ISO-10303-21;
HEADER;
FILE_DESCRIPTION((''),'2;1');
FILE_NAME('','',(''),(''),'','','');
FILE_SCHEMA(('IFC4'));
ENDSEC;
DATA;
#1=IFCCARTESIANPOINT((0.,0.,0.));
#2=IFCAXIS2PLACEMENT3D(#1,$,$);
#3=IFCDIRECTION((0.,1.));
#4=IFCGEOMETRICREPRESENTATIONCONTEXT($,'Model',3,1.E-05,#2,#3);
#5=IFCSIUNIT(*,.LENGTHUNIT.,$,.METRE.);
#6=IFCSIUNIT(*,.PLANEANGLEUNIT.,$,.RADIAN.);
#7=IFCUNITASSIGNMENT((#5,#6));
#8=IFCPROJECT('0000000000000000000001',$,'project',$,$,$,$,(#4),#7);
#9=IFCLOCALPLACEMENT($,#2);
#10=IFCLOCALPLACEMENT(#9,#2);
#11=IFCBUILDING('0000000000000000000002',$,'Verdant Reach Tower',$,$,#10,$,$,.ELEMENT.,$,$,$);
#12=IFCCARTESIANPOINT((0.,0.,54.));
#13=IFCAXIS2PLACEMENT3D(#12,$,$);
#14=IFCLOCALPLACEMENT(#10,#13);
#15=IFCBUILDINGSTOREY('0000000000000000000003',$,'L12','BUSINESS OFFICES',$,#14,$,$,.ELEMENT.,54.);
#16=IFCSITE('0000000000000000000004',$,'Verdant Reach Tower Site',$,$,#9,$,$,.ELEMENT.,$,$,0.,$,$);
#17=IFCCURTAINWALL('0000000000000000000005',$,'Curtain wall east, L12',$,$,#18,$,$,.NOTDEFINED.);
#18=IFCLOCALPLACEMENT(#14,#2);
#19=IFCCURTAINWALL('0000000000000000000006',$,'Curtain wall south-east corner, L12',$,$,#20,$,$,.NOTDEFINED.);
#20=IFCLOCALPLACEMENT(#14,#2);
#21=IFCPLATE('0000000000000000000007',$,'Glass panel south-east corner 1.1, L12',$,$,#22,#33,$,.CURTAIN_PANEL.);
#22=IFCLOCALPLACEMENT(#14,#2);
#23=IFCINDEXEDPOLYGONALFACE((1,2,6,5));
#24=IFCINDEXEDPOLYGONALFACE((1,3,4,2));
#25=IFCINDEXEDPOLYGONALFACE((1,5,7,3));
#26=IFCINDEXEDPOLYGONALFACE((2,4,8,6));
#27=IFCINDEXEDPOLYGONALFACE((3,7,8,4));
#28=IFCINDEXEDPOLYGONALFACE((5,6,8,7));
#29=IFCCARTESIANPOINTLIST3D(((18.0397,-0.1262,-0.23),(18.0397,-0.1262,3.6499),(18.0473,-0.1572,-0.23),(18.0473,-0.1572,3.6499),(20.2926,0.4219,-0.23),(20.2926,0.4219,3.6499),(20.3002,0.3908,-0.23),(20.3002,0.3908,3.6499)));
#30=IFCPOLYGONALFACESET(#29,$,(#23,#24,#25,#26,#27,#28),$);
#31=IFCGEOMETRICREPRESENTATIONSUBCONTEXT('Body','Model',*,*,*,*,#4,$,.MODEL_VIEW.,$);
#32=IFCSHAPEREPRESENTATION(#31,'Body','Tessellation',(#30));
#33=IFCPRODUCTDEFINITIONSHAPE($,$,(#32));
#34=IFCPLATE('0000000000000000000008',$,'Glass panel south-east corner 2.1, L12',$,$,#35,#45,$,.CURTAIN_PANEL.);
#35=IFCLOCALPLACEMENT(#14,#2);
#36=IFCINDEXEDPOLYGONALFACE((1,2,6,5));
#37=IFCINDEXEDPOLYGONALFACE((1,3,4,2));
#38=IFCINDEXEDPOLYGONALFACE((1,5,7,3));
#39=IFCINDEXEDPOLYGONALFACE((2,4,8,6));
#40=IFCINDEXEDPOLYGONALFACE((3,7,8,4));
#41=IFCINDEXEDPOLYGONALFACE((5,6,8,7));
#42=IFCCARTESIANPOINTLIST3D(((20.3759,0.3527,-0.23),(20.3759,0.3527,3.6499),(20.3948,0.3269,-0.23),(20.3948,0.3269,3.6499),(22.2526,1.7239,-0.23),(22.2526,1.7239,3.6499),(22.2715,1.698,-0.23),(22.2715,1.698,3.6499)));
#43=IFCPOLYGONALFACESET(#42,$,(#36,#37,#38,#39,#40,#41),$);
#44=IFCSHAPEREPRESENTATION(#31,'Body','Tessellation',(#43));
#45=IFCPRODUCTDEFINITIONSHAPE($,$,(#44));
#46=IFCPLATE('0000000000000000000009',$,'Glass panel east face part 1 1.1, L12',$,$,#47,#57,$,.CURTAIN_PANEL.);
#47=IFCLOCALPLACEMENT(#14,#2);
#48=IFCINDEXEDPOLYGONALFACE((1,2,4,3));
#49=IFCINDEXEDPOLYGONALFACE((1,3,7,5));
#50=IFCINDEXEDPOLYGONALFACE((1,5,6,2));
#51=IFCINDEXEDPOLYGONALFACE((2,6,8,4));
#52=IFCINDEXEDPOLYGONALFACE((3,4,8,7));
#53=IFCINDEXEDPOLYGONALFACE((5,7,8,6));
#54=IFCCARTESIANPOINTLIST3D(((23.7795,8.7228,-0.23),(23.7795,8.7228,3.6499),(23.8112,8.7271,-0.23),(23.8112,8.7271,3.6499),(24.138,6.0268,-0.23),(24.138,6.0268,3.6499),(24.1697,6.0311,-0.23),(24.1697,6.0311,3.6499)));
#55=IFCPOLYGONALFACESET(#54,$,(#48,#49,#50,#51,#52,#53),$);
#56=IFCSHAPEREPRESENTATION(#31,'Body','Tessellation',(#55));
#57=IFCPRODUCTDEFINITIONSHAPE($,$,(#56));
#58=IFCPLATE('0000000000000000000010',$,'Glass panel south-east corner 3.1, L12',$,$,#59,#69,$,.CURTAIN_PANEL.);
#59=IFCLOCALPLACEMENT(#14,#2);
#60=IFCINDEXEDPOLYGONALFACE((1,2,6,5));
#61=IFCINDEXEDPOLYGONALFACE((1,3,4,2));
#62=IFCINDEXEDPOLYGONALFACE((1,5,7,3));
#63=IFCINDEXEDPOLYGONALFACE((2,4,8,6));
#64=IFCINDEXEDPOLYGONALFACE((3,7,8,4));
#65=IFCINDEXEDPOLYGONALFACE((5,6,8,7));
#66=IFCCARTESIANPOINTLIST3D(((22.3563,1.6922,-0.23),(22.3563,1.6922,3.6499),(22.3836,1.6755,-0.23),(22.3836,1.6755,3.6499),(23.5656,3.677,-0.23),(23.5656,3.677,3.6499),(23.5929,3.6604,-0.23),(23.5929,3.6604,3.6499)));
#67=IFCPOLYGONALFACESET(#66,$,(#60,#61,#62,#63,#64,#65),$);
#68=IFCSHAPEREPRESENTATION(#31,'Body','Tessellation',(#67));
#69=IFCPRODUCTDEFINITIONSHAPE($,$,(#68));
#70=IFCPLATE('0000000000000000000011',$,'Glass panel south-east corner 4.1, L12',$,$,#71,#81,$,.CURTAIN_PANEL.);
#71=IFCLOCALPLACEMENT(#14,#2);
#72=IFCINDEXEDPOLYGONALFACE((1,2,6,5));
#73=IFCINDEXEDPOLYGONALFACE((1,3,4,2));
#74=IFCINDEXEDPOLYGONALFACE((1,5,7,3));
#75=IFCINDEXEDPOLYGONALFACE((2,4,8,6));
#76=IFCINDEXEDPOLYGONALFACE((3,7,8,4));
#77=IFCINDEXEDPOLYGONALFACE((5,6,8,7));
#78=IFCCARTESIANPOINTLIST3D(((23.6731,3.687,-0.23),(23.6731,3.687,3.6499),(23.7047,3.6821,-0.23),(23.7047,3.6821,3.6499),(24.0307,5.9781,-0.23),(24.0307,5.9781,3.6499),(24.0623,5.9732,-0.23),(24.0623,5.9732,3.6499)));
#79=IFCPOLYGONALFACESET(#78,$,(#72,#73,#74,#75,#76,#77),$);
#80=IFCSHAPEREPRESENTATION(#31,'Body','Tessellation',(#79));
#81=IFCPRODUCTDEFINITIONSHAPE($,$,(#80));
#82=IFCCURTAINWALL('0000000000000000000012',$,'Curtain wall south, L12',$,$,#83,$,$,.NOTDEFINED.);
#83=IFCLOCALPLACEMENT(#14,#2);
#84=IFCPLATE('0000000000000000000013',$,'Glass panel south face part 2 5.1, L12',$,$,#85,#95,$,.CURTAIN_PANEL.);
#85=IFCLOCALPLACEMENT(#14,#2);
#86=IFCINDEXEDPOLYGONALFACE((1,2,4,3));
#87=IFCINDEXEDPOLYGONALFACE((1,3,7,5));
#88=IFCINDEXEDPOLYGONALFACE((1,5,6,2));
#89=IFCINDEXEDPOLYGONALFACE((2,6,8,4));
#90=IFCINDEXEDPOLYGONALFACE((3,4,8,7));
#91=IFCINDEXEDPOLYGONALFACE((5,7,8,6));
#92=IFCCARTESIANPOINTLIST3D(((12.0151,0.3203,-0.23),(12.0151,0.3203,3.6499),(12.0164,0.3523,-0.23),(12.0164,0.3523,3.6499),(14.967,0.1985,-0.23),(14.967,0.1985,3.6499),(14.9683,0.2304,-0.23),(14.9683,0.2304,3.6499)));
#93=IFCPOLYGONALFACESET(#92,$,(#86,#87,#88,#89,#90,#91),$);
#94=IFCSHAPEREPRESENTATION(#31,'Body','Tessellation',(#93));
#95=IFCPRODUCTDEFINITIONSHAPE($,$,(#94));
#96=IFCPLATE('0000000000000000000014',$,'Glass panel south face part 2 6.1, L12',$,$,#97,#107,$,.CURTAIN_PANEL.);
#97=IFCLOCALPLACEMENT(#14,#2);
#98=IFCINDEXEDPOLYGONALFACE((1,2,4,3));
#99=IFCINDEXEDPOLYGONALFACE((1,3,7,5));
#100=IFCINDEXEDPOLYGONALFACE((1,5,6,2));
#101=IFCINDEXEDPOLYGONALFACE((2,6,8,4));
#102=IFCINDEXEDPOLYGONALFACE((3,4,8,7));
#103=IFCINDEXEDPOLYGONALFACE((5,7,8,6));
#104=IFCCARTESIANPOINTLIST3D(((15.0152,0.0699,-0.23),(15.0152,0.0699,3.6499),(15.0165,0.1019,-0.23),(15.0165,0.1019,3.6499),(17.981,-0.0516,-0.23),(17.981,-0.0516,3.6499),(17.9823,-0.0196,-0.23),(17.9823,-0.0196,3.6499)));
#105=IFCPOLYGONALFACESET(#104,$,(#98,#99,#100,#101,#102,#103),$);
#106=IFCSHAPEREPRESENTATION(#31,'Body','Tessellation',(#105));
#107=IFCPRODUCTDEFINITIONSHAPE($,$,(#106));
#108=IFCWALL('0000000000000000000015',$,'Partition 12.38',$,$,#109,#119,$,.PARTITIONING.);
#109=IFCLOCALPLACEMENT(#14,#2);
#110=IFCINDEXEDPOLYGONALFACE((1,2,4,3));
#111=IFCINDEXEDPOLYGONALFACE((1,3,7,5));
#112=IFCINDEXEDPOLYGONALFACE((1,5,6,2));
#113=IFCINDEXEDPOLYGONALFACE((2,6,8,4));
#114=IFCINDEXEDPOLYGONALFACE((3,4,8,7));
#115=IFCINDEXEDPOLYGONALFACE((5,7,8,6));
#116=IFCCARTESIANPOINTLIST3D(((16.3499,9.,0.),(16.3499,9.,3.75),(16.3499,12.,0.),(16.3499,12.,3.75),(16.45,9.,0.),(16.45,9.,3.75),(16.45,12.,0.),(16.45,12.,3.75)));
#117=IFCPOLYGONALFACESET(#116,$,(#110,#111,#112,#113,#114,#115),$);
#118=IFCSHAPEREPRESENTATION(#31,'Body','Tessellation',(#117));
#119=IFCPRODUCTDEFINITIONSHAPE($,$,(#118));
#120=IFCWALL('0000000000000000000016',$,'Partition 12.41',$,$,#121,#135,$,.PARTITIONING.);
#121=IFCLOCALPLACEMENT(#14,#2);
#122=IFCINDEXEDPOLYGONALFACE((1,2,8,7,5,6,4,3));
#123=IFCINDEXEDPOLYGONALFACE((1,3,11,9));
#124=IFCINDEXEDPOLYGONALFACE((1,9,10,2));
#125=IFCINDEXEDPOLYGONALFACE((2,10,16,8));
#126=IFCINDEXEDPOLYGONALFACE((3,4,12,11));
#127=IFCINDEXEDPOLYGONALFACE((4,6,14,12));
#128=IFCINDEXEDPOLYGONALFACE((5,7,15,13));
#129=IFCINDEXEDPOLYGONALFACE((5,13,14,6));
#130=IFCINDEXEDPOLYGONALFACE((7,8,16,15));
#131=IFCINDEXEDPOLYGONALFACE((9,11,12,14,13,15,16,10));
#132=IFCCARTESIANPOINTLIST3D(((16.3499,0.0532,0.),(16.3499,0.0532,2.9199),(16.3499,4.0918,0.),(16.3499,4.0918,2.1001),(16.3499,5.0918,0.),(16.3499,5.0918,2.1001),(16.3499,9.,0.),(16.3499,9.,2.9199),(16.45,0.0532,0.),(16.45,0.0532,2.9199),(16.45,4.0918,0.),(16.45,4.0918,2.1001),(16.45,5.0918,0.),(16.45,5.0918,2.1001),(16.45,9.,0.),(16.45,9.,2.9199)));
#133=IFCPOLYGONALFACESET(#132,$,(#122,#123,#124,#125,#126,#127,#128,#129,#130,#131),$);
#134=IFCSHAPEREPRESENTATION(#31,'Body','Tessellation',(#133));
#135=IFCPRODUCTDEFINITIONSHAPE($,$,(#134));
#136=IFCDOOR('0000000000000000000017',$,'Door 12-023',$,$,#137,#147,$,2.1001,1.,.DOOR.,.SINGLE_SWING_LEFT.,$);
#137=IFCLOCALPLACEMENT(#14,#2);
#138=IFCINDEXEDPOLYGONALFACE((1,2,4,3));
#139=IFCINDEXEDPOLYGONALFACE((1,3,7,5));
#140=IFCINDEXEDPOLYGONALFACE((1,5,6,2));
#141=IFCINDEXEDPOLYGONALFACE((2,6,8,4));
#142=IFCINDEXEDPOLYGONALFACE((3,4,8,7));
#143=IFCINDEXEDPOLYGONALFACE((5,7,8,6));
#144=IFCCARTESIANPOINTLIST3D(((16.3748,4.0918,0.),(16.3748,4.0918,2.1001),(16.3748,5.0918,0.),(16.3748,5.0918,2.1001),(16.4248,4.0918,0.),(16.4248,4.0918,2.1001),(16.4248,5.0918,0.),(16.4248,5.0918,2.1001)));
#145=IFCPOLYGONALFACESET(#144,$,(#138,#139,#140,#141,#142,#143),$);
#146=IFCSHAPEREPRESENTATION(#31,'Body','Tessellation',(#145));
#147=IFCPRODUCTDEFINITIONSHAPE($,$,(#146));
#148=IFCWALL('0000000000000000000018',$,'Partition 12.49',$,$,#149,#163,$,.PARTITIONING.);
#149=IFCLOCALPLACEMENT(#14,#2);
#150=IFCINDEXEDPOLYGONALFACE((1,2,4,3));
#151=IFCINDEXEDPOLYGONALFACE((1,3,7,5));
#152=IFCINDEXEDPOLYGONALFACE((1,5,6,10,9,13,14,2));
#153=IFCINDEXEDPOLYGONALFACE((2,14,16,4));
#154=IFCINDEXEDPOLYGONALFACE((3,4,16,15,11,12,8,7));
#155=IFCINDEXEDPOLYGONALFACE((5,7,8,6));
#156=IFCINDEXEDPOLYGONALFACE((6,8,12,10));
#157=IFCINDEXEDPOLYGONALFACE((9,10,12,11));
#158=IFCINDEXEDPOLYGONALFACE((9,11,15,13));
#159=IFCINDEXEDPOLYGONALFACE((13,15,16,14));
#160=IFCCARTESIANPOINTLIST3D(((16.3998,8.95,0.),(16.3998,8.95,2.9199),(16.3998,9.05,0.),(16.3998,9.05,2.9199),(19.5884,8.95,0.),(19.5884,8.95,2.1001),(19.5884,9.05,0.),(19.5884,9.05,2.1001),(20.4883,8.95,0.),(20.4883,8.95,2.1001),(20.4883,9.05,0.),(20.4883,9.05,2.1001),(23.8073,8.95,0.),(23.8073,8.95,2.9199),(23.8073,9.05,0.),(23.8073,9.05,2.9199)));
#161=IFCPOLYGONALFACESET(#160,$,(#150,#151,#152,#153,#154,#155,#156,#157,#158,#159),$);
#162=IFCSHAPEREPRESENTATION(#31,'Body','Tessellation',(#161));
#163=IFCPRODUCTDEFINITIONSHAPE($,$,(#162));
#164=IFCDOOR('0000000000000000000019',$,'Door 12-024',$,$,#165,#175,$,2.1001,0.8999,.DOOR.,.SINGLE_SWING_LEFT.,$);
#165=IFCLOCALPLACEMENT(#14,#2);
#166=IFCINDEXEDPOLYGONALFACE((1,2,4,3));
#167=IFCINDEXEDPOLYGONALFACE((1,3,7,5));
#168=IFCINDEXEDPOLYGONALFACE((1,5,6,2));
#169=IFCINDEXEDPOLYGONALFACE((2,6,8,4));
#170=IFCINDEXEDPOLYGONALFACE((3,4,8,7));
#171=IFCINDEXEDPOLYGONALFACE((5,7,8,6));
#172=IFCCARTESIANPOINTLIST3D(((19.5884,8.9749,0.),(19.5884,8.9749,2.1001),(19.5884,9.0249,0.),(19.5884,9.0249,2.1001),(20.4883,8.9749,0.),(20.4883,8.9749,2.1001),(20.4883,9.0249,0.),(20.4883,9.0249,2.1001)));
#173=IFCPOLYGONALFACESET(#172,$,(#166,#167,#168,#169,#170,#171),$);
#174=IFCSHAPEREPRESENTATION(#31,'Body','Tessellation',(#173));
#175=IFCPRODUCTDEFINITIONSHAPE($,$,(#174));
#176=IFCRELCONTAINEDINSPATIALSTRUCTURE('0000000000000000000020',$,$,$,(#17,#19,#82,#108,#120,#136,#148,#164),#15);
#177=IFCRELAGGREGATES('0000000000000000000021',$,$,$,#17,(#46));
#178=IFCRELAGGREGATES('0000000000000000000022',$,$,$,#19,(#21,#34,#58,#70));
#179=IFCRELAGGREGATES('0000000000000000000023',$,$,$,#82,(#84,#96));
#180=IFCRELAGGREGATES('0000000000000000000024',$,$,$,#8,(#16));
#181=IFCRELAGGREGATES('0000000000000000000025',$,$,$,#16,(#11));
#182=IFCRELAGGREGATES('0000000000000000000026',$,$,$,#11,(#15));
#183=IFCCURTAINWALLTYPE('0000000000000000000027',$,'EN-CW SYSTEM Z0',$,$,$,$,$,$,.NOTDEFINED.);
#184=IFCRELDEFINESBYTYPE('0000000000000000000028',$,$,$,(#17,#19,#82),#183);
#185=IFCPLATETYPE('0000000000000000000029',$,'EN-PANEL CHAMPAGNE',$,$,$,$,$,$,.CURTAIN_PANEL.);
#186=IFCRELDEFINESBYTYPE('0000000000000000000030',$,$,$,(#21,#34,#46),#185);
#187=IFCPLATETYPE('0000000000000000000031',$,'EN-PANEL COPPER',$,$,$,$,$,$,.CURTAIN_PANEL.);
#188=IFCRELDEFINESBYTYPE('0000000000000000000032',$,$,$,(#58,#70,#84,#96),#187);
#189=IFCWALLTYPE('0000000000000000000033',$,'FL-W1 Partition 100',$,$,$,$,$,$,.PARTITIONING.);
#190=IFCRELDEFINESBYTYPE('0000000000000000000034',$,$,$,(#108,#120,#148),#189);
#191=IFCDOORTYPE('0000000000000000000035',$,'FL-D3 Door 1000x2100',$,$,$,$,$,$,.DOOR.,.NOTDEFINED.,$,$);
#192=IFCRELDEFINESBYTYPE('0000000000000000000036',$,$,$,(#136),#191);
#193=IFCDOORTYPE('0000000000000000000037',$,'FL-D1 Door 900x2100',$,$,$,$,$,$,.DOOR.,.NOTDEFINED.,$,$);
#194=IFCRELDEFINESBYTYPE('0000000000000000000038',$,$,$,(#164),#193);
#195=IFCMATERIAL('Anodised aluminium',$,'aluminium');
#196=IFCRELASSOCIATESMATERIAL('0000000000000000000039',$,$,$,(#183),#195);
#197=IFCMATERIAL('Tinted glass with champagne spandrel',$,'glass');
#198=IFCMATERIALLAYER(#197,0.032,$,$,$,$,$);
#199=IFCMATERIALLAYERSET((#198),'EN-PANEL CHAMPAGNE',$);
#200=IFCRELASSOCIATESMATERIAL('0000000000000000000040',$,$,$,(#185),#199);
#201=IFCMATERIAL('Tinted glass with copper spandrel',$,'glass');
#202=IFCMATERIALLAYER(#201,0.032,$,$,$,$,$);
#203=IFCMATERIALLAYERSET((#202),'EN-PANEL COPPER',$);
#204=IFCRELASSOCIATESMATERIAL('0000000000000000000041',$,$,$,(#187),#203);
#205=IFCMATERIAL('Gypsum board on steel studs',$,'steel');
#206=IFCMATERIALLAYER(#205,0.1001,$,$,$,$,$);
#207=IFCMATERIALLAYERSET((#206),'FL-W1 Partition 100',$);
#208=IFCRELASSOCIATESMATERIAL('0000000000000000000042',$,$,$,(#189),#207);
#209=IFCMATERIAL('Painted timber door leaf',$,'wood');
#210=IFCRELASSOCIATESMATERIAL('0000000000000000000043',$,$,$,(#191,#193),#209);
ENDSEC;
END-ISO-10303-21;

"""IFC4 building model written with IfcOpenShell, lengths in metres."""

from ifc_helpers import new_model, si_unit, direction, frame, frame_2d, origin, origin_2d, place, context, subcontext, project, spatial, rectangle, extrude, material, layer, layer_set, type_object, element, fill, aggregate, save


model = new_model("IFC4")

# Units and contexts
model_context = context("Model", 3, precision=1e-05, world=origin(), true_north=direction((0.0, 1.0)))
body_context = subcontext(model_context, "Body", "Model", "MODEL_VIEW")
ifc_project = project(units=[si_unit("LENGTHUNIT", "METRE"), si_unit("PLANEANGLEUNIT", "RADIAN")], contexts=[model_context])

# Site, building, storey
site_placement = place(None, origin())
site = spatial("IfcSite", under=ifc_project, at=site_placement, Name="Verdant Reach Tower Site", CompositionType="ELEMENT", RefElevation=0.0)
building_placement = place(site_placement, origin())
building = spatial("IfcBuilding", under=site, at=building_placement, Name="Verdant Reach Tower", CompositionType="ELEMENT")
storey_placement = place(building_placement, frame((0.0, 0.0, 54.0)))
storey = spatial("IfcBuildingStorey", under=building, at=storey_placement, Name="L12", Description="BUSINESS OFFICES", CompositionType="ELEMENT", Elevation=54.0)

# Curtain wall
ifc_material_1 = material(Name="Anodised aluminium", Category="aluminium")
curtain_wall_type = type_object("IfcCurtainWallType", Name="EN-CW SYSTEM Z0", PredefinedType="NOTDEFINED", material=ifc_material_1)
curtain_wall_1_placement = place(storey_placement, origin())
curtain_wall_1 = element("IfcCurtainWall", 1, at=curtain_wall_1_placement, inside=storey, type_object=curtain_wall_type, Name="Curtain wall east, L12", PredefinedType="NOTDEFINED")

# Curtain wall, plates
curtain_wall_2_placement = place(storey_placement, origin())
curtain_wall_2 = element("IfcCurtainWall", 2, at=curtain_wall_2_placement, inside=storey, type_object=curtain_wall_type, Name="Curtain wall south-east corner, L12", PredefinedType="NOTDEFINED")
ifc_material_2 = material(Name="Tinted glass with champagne spandrel", Category="glass")
ifc_layer_1 = layer(ifc_material_2, 0.032)
ifc_layer_set_1 = layer_set([ifc_layer_1], Name="EN-PANEL CHAMPAGNE")
plate_type_1 = type_object("IfcPlateType", Name="EN-PANEL CHAMPAGNE", PredefinedType="CURTAIN_PANEL", material=ifc_layer_set_1)
plate_1_placement = place(storey_placement, frame((19.1699, 0.1323, -0.23), z_axis=(0.0, 0.0, 1.0), x_axis=(0.971663, 0.236369, 0.0)))
plate_1 = element("IfcPlate", 3, at=plate_1_placement, type_object=plate_type_1, Name="Glass panel south-east corner 1.1, L12", PredefinedType="CURTAIN_PANEL", context=body_context, shape_type="SweptSolid", body=[
    extrude(rectangle(XDim=2.3186, YDim=0.032, at=origin_2d()), origin(), (0.0, 0.0, 1.0), 3.8799),
])
plate_2_placement = place(storey_placement, frame((21.3237, 1.0254, -0.23), z_axis=(0.0, 0.0, 1.0), x_axis=(0.807457, 0.589927, 0.0)))
plate_2 = element("IfcPlate", 4, at=plate_2_placement, type_object=plate_type_1, Name="Glass panel south-east corner 2.1, L12", PredefinedType="CURTAIN_PANEL", context=body_context, shape_type="SweptSolid", body=[
    extrude(rectangle(XDim=2.3242, YDim=0.032, at=origin_2d()), origin(), (0.0, 0.0, 1.0), 3.8799),
])

# Plates
plate_3_placement = place(storey_placement, frame((23.9746, 7.377, -0.23), z_axis=(0.0, 0.0, 1.0), x_axis=(-0.131793, 0.991277, 0.0)))
plate_3 = element("IfcPlate", 5, at=plate_3_placement, type_object=plate_type_1, Name="Glass panel east face part 1 1.1, L12", PredefinedType="CURTAIN_PANEL", context=body_context, shape_type="SweptSolid", body=[
    extrude(rectangle(XDim=2.7197, YDim=0.032, at=origin_2d()), origin(), (0.0, 0.0, 1.0), 3.8799),
])
aggregate(curtain_wall_1, [plate_3])
ifc_material_3 = material(Name="Tinted glass with copper spandrel", Category="glass")
ifc_layer_2 = layer(ifc_material_3, 0.032)
ifc_layer_set_2 = layer_set([ifc_layer_2], Name="EN-PANEL COPPER")
plate_type_2 = type_object("IfcPlateType", Name="EN-PANEL COPPER", PredefinedType="CURTAIN_PANEL", material=ifc_layer_set_2)
plate_4_placement = place(storey_placement, frame((22.9746, 2.6763, -0.23), z_axis=(0.0, 0.0, 1.0), x_axis=(0.520292, 0.853989, 0.0)))
plate_4 = element("IfcPlate", 6, at=plate_4_placement, type_object=plate_type_2, Name="Glass panel south-east corner 3.1, L12", PredefinedType="CURTAIN_PANEL", context=body_context, shape_type="SweptSolid", body=[
    extrude(rectangle(XDim=2.3242, YDim=0.032, at=origin_2d()), origin(), (0.0, 0.0, 1.0), 3.8799),
])
plate_5_placement = place(storey_placement, frame((23.8677, 4.8301, -0.23), z_axis=(0.0, 0.0, 1.0), x_axis=(0.154211, 0.988038, 0.0)))
plate_5 = element("IfcPlate", 7, at=plate_5_placement, type_object=plate_type_2, Name="Glass panel south-east corner 4.1, L12", PredefinedType="CURTAIN_PANEL", context=body_context, shape_type="SweptSolid", body=[
    extrude(rectangle(XDim=2.3188, YDim=0.032, at=origin_2d()), origin(), (0.0, 0.0, 1.0), 3.8799),
])
aggregate(curtain_wall_2, [plate_1, plate_2, plate_4, plate_5])

# Curtain wall, plates
curtain_wall_3_placement = place(storey_placement, origin())
curtain_wall_3 = element("IfcCurtainWall", 8, at=curtain_wall_3_placement, inside=storey, type_object=curtain_wall_type, Name="Curtain wall south, L12", PredefinedType="NOTDEFINED")
plate_6_placement = place(storey_placement, frame((13.4917, 0.2754, -0.23), z_axis=(0.0, 0.0, 1.0), x_axis=(0.999149, -0.041242, 0.0)))
plate_6 = element("IfcPlate", 9, at=plate_6_placement, type_object=plate_type_2, Name="Glass panel south face part 2 5.1, L12", PredefinedType="CURTAIN_PANEL", context=body_context, shape_type="SweptSolid", body=[
    extrude(rectangle(XDim=2.9543, YDim=0.032, at=origin_2d()), origin(), (0.0, 0.0, 1.0), 3.8799),
])
plate_7_placement = place(storey_placement, frame((16.4988, 0.0251, -0.23), z_axis=(0.0, 0.0, 1.0), x_axis=(0.999162, -0.04092, 0.0)))
plate_7 = element("IfcPlate", 10, at=plate_7_placement, type_object=plate_type_2, Name="Glass panel south face part 2 6.1, L12", PredefinedType="CURTAIN_PANEL", context=body_context, shape_type="SweptSolid", body=[
    extrude(rectangle(XDim=2.9683, YDim=0.032, at=origin_2d()), origin(), (0.0, 0.0, 1.0), 3.8799),
])
aggregate(curtain_wall_3, [plate_6, plate_7])

# Wall
ifc_material_4 = material(Name="Gypsum board on steel studs", Category="steel")
ifc_layer_3 = layer(ifc_material_4, 0.1001)
ifc_layer_set_3 = layer_set([ifc_layer_3], Name="FL-W1 Partition 100")
wall_type = type_object("IfcWallType", Name="FL-W1 Partition 100", PredefinedType="PARTITIONING", material=ifc_layer_set_3)
wall_1_placement = place(storey_placement, frame((16.3999, 9.0, 0.0), z_axis=(0.0, 0.0, 1.0), x_axis=(0.0, 1.0, 0.0)))
element("IfcWall", 11, at=wall_1_placement, inside=storey, type_object=wall_type, Name="Partition 12.38", PredefinedType="PARTITIONING", context=body_context, shape_type="SweptSolid", body=[
    extrude(rectangle(XDim=3.0, YDim=0.1001, at=frame_2d((1.5, 0.0))), origin(), (0.0, 0.0, 1.0), 3.75),
])

# Walls, openings, doors
wall_2_placement = place(storey_placement, frame((16.3999, 9.0, 0.0), z_axis=(0.0, 0.0, 1.0), x_axis=(0.0, -1.0, 0.0)))
wall_2 = element("IfcWall", 12, at=wall_2_placement, inside=storey, type_object=wall_type, Name="Partition 12.41", PredefinedType="PARTITIONING", context=body_context, shape_type="SweptSolid", body=[
    extrude(rectangle(XDim=8.9468, YDim=0.1001, at=frame_2d((4.4734, 0.0))), origin(), (0.0, 0.0, 1.0), 2.9199),
])
opening_1_placement = place(wall_2_placement, frame((3.9082, 0.0, 0.0)))
opening_1 = element("IfcOpeningElement", 13, at=opening_1_placement, cuts=wall_2, PredefinedType="OPENING", context=body_context, shape_type="SweptSolid", body=[
    extrude(rectangle(XDim=1.0, YDim=2.1001, at=frame_2d((0.5, 1.05))), frame((0.0, 0.0601, 0.0), z_axis=(0.0, -1.0, 0.0), x_axis=(1.0, 0.0, 0.0)), (0.0, 0.0, 1.0), 0.1201),
])
ifc_material_5 = material(Name="Painted timber door leaf", Category="wood")
door_type_1 = type_object("IfcDoorType", Name="FL-D3 Door 1000x2100", OperationType="NOTDEFINED", PredefinedType="DOOR", material=ifc_material_5)
door_1_placement = place(opening_1_placement, origin())
door_1 = element("IfcDoor", 14, at=door_1_placement, inside=storey, type_object=door_type_1, Name="Door 12-023", OperationType="SINGLE_SWING_LEFT", OverallHeight=2.1001, OverallWidth=1.0, PredefinedType="DOOR", context=body_context, shape_type="SweptSolid", body=[
    extrude(rectangle(XDim=1.0, YDim=2.1001, at=frame_2d((0.5, 1.05))), frame((0.0, 0.0249, 0.0), z_axis=(0.0, -1.0, 0.0), x_axis=(1.0, 0.0, 0.0)), (0.0, 0.0, 1.0), 0.05),
])
fill(opening_1, door_1)
wall_3_placement = place(storey_placement, frame((16.3999, 9.0, 0.0), z_axis=(0.0, 0.0, 1.0), x_axis=(1.0, 0.0, 0.0)))
wall_3 = element("IfcWall", 15, at=wall_3_placement, inside=storey, type_object=wall_type, Name="Partition 12.49", PredefinedType="PARTITIONING", context=body_context, shape_type="SweptSolid", body=[
    extrude(rectangle(XDim=7.4075, YDim=0.1001, at=frame_2d((3.7036, 0.0))), origin(), (0.0, 0.0, 1.0), 2.9199),
])
opening_2_placement = place(wall_3_placement, frame((3.1885, 0.0, 0.0)))
opening_2 = element("IfcOpeningElement", 16, at=opening_2_placement, cuts=wall_3, PredefinedType="OPENING", context=body_context, shape_type="SweptSolid", body=[
    extrude(rectangle(XDim=0.8999, YDim=2.1001, at=frame_2d((0.45, 1.05))), frame((0.0, 0.0601, 0.0), z_axis=(0.0, -1.0, 0.0), x_axis=(1.0, 0.0, 0.0)), (0.0, 0.0, 1.0), 0.1201),
])
door_type_2 = type_object("IfcDoorType", Name="FL-D1 Door 900x2100", OperationType="NOTDEFINED", PredefinedType="DOOR", material=ifc_material_5)
door_2_placement = place(opening_2_placement, origin())
door_2 = element("IfcDoor", 17, at=door_2_placement, inside=storey, type_object=door_type_2, Name="Door 12-024", OperationType="SINGLE_SWING_LEFT", OverallHeight=2.1001, OverallWidth=0.8999, PredefinedType="DOOR", context=body_context, shape_type="SweptSolid", body=[
    extrude(rectangle(XDim=0.8999, YDim=2.1001, at=frame_2d((0.45, 1.05))), frame((0.0, 0.0249, 0.0), z_axis=(0.0, -1.0, 0.0), x_axis=(1.0, 0.0, 0.0)), (0.0, 0.0, 1.0), 0.05),
])
fill(opening_2, door_2)

save(model, "model.ifc")
